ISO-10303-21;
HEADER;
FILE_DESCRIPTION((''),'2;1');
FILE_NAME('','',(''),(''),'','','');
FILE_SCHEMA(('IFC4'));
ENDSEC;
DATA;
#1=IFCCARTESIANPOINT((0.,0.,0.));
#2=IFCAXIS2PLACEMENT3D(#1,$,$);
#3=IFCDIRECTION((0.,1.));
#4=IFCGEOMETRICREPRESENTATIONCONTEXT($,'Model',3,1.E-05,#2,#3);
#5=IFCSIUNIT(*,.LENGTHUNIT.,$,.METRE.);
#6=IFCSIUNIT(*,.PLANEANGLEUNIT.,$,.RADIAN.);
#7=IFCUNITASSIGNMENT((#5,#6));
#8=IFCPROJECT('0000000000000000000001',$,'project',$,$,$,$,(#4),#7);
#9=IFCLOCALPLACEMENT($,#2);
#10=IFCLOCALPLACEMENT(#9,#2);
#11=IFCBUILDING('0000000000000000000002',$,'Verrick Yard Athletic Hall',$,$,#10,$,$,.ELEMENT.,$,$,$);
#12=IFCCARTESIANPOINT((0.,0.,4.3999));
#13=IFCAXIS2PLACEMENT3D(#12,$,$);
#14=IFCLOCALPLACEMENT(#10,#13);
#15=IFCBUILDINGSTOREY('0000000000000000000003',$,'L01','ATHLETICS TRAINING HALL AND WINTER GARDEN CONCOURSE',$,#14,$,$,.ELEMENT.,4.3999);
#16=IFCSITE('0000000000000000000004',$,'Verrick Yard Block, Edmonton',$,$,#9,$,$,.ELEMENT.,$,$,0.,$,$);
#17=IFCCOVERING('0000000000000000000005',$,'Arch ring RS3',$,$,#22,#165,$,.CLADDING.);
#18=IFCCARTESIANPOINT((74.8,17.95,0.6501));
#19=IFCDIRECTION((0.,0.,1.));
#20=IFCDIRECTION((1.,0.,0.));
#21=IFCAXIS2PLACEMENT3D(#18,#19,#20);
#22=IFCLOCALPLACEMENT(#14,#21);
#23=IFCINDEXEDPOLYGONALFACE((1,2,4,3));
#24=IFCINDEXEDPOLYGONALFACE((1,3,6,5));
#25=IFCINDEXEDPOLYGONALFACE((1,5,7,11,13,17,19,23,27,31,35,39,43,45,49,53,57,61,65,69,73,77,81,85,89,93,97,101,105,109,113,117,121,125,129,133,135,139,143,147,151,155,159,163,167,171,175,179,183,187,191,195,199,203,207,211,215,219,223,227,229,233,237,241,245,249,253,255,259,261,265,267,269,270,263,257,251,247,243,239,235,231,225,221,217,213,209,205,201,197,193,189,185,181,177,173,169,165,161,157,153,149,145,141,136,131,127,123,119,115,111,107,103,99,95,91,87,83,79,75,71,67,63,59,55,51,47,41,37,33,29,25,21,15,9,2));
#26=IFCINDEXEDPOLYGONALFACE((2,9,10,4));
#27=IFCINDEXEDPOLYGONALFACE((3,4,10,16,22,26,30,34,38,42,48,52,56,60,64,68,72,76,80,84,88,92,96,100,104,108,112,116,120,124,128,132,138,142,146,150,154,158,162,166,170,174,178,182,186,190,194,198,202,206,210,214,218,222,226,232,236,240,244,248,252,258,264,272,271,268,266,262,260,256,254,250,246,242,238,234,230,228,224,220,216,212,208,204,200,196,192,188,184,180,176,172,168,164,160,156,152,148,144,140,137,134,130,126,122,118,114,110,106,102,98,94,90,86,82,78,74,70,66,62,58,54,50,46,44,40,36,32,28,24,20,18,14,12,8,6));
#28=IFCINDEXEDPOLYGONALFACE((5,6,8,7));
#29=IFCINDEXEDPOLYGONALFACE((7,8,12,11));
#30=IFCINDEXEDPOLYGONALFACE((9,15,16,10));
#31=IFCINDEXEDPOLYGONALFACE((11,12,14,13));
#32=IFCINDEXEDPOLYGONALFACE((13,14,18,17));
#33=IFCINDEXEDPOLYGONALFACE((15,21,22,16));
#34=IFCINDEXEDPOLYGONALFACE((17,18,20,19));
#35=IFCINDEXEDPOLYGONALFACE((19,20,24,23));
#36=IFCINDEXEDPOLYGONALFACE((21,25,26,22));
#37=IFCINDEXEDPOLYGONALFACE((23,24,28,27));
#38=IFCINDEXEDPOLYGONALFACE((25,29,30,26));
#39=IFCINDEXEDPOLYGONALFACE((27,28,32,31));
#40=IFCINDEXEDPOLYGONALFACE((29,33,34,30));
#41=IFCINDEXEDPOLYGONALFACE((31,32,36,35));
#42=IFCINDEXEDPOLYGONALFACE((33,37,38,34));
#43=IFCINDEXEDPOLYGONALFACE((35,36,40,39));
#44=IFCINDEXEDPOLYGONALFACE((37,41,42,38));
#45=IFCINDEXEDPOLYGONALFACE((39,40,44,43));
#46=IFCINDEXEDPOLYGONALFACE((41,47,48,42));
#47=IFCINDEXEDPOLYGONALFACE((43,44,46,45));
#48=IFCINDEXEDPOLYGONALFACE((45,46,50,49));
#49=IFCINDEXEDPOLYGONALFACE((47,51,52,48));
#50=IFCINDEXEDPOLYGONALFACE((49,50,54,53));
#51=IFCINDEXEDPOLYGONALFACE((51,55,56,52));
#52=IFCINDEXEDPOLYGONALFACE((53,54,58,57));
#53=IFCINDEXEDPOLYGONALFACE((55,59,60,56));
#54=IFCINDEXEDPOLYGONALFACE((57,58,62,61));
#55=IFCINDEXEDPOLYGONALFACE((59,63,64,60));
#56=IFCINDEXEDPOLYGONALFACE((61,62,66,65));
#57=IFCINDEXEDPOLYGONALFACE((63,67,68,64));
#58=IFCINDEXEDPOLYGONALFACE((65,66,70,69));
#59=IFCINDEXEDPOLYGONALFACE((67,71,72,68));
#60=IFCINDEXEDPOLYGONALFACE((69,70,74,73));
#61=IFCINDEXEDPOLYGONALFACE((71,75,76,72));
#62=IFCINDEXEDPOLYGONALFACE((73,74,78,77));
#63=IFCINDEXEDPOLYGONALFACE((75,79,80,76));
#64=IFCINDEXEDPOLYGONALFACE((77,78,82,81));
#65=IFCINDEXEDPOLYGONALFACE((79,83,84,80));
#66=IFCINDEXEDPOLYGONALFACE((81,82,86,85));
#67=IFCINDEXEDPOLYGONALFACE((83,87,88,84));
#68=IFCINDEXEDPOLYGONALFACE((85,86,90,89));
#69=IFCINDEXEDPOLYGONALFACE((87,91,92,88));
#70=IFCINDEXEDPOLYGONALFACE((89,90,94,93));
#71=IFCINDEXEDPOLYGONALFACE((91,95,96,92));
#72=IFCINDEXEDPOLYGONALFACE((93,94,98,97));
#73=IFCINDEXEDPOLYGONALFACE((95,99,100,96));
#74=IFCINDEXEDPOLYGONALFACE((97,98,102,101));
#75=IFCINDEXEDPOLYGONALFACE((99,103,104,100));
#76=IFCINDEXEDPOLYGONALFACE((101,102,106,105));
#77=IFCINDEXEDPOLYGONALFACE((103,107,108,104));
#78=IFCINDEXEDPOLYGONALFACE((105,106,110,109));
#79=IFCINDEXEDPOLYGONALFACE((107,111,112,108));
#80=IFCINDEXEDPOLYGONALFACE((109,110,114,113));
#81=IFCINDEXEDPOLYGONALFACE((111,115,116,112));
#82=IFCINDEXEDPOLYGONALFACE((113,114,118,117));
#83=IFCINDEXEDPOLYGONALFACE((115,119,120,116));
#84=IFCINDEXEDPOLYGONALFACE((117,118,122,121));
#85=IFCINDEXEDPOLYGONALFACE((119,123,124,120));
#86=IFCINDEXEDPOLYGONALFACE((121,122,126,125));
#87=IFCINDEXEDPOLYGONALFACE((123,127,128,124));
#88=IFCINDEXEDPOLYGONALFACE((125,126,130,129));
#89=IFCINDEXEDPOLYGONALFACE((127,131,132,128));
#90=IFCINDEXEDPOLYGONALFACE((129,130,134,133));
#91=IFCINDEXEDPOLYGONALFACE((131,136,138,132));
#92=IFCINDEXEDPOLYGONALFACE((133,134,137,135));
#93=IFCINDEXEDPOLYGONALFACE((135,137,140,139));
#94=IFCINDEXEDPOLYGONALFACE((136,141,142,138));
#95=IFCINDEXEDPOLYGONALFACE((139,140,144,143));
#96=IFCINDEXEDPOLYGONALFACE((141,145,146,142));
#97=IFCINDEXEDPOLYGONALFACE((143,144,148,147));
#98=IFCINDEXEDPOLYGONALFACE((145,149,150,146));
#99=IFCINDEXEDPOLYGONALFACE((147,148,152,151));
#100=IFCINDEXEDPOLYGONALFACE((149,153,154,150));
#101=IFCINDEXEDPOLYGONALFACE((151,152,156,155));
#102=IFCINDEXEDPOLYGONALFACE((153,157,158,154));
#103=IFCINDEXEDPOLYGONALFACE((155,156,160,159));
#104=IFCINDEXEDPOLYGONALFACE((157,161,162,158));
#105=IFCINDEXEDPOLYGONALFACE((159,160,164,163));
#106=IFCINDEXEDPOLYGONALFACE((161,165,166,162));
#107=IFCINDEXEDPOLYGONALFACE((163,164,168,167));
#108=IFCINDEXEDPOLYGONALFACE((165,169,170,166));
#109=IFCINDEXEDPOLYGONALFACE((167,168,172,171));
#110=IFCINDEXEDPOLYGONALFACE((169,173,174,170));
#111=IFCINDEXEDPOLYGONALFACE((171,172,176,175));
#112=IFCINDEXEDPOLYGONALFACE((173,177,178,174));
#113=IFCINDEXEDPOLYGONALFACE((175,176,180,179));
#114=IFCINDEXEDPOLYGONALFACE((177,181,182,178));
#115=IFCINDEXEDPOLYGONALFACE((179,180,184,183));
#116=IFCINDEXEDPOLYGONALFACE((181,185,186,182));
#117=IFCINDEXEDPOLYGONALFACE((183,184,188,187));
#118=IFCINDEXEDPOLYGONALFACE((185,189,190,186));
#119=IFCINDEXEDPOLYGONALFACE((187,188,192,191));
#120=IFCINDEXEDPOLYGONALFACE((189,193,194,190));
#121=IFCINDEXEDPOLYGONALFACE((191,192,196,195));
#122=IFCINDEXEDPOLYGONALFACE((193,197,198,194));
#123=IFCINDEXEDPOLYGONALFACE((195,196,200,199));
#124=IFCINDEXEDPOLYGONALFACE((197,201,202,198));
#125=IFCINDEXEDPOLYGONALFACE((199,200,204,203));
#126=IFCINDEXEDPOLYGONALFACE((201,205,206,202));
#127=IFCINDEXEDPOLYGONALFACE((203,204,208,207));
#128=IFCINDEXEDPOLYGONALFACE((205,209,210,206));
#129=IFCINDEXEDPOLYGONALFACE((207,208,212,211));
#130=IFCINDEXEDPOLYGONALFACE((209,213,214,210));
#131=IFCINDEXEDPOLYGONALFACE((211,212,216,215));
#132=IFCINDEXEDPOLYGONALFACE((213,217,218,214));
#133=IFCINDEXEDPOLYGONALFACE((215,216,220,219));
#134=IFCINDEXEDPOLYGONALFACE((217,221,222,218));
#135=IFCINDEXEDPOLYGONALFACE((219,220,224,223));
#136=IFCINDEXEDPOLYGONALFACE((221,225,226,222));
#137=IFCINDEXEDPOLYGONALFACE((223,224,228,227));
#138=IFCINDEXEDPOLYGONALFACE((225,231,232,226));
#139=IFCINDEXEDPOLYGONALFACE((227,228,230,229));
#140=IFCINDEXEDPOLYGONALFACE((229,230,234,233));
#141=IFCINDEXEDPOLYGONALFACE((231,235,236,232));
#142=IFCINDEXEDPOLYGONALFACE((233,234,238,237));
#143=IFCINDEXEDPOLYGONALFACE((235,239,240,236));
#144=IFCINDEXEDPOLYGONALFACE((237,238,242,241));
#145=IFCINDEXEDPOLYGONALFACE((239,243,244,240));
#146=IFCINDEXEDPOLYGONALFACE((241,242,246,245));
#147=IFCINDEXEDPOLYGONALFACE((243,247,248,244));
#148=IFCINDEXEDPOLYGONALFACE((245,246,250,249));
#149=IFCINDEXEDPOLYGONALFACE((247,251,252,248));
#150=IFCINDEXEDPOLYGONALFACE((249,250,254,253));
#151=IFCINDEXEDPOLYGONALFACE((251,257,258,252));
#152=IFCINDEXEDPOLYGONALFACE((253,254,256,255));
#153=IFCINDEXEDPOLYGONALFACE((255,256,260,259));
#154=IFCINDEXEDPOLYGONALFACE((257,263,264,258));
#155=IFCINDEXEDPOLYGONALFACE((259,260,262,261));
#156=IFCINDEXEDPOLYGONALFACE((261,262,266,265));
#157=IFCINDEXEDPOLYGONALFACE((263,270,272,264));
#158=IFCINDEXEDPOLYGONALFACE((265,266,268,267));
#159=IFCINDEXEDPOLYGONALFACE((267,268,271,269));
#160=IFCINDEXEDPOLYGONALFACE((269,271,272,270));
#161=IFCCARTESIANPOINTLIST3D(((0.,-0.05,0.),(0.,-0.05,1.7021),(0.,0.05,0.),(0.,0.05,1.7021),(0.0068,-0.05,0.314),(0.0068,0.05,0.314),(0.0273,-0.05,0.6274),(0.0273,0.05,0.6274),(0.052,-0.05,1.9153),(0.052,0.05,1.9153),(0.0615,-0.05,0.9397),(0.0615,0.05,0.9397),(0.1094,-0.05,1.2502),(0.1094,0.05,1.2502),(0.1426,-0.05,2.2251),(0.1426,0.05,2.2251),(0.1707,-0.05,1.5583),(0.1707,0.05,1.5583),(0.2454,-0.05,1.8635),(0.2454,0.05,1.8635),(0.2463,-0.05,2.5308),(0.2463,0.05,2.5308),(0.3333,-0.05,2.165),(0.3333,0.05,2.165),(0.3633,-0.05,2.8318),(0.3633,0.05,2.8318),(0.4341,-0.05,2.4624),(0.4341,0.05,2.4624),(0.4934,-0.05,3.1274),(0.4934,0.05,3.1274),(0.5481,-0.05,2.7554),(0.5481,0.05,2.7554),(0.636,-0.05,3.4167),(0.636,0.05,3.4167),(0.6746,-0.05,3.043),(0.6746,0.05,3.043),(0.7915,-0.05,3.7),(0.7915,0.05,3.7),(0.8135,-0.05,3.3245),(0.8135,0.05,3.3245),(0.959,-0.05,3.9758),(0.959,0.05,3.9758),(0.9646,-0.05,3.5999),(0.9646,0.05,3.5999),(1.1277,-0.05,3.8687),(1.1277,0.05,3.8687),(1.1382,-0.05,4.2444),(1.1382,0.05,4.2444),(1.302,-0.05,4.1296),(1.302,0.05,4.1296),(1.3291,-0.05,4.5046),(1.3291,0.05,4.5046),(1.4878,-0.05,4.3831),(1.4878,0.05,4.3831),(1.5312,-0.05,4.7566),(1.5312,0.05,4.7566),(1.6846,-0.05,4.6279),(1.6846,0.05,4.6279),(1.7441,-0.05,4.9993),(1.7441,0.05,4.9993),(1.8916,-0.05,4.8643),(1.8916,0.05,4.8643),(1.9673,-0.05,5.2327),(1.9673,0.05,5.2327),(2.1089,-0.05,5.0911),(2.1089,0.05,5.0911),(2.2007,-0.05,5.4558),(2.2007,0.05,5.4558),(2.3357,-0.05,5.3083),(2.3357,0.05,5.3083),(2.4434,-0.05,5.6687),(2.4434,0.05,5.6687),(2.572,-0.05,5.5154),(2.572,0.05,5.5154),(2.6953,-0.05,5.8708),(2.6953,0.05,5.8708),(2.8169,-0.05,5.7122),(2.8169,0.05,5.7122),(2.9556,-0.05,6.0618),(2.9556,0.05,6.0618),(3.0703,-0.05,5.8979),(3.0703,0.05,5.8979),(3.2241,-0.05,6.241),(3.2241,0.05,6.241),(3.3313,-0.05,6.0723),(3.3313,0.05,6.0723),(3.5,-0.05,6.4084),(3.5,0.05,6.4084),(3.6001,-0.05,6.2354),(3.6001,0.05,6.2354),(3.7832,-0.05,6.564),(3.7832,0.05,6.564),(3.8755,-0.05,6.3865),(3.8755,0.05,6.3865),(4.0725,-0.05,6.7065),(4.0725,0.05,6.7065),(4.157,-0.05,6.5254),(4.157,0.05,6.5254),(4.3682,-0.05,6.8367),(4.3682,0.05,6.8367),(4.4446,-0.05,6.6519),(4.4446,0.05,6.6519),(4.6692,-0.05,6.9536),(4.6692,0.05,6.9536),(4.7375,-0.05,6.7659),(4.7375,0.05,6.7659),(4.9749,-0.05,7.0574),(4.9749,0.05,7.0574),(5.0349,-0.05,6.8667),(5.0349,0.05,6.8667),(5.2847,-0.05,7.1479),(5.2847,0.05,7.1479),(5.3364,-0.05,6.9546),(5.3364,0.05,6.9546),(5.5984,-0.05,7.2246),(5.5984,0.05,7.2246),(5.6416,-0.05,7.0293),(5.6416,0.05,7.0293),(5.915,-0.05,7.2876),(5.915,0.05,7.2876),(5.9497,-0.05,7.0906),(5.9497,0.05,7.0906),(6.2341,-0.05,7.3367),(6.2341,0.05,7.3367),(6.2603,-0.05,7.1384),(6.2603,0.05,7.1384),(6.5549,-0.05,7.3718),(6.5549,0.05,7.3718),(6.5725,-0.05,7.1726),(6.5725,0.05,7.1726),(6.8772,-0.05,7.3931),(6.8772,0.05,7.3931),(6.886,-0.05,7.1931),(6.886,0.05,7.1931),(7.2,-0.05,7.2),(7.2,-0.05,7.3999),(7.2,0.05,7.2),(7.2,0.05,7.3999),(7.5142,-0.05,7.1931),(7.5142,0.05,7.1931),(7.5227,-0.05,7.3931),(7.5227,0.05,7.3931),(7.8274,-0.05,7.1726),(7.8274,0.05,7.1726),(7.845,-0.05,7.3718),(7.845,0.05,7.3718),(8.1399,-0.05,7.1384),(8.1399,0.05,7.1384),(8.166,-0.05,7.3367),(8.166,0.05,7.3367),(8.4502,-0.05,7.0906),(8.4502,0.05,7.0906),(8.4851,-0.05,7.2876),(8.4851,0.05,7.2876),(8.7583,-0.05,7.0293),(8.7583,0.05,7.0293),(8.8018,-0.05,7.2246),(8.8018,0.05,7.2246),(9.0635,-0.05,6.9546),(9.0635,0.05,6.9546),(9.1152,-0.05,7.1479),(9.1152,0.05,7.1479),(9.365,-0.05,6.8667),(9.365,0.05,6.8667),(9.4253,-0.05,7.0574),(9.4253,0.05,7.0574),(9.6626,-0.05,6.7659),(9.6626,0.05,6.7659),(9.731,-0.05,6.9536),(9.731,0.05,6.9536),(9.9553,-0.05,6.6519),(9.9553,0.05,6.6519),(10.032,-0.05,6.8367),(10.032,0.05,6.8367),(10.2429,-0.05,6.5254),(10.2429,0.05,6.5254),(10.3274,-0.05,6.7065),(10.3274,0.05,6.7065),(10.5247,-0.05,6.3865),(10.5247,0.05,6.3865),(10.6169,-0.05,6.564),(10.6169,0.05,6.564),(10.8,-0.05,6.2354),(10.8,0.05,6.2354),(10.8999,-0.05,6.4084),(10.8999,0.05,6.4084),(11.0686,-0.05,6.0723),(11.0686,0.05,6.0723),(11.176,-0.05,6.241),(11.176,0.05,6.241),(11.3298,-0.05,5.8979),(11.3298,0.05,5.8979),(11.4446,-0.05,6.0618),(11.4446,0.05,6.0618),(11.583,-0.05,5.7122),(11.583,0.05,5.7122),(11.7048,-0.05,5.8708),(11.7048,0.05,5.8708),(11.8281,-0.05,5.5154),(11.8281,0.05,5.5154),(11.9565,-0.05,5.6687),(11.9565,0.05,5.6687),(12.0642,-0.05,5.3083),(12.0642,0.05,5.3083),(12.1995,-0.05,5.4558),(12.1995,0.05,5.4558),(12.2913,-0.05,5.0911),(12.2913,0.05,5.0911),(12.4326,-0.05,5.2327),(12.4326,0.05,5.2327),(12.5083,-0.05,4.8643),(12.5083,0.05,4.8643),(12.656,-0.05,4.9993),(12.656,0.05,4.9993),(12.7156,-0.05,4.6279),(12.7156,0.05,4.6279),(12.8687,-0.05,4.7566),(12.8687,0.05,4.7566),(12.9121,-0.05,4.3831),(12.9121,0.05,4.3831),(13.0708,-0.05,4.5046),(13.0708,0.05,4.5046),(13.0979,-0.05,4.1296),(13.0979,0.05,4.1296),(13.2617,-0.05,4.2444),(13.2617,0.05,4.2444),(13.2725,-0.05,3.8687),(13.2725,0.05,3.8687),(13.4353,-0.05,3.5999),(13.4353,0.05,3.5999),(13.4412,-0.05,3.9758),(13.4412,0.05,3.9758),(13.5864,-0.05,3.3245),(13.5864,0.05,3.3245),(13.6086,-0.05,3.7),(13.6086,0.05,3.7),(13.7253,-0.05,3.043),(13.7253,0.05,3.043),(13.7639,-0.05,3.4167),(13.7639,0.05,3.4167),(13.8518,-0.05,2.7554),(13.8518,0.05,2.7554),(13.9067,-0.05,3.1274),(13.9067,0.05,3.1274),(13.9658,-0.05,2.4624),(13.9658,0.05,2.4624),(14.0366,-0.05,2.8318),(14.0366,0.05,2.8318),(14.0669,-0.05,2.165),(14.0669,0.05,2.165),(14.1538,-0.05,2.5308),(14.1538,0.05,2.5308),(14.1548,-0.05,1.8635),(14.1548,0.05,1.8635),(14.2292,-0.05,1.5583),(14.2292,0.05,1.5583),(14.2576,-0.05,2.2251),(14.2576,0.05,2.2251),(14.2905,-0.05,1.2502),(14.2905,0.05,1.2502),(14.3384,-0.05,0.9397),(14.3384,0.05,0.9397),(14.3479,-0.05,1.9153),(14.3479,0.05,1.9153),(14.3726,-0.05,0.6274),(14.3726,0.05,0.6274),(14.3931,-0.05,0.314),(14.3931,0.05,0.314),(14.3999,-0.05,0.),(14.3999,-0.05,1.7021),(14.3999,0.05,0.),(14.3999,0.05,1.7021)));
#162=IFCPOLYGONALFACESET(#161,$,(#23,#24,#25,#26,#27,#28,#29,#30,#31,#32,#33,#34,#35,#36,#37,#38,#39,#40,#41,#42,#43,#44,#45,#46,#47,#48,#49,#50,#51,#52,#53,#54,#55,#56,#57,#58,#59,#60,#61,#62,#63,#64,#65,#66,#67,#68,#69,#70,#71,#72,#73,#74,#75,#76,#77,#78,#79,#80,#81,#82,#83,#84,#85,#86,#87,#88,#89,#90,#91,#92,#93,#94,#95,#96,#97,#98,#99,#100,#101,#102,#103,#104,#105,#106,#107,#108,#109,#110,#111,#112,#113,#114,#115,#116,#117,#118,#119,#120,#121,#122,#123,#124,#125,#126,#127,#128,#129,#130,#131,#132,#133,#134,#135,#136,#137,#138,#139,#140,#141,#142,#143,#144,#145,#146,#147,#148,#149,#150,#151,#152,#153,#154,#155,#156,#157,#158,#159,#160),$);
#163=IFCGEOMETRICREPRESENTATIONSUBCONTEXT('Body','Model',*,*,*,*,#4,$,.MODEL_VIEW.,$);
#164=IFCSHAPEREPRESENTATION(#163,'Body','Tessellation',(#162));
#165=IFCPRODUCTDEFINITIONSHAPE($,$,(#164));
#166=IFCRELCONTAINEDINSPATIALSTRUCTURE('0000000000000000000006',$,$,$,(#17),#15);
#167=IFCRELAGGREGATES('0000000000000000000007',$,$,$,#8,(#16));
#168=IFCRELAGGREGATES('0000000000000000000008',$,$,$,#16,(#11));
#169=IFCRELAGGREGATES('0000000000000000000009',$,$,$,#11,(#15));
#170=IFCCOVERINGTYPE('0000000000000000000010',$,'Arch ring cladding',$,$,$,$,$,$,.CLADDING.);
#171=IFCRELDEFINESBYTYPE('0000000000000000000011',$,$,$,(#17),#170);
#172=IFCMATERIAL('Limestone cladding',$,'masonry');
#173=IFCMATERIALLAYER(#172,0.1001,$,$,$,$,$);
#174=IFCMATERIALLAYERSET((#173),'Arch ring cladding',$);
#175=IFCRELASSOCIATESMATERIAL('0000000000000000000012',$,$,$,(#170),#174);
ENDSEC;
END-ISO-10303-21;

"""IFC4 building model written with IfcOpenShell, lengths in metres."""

from ifc_helpers import new_model, si_unit, direction, frame, origin, place, context, subcontext, project, spatial, polyline, outline, extrude, material, layer, layer_set, type_object, element, save


model = new_model("IFC4")

# Units and contexts
model_context = context("Model", 3, precision=1e-05, world=origin(), true_north=direction((0.0, 1.0)))
body_context = subcontext(model_context, "Body", "Model", "MODEL_VIEW")
ifc_project = project(units=[si_unit("LENGTHUNIT", "METRE"), si_unit("PLANEANGLEUNIT", "RADIAN")], contexts=[model_context])

# Site, building, storey
site_placement = place(None, origin())
site = spatial("IfcSite", under=ifc_project, at=site_placement, Name="Verrick Yard Block, Edmonton", CompositionType="ELEMENT", RefElevation=0.0)
building_placement = place(site_placement, origin())
building = spatial("IfcBuilding", under=site, at=building_placement, Name="Verrick Yard Athletic Hall", CompositionType="ELEMENT")
storey_placement = place(building_placement, frame((0.0, 0.0, 4.3999)))
storey = spatial("IfcBuildingStorey", under=building, at=storey_placement, Name="L01", Description="ATHLETICS TRAINING HALL AND WINTER GARDEN CONCOURSE", CompositionType="ELEMENT", Elevation=4.3999)

# Covering
ifc_material_1 = material(Name="Limestone cladding", Category="masonry")
ifc_layer_1 = layer(ifc_material_1, 0.1001)
ifc_layer_set_1 = layer_set([ifc_layer_1], Name="Arch ring cladding")
covering_type_1 = type_object("IfcCoveringType", Name="Arch ring cladding", PredefinedType="CLADDING", material=ifc_layer_set_1)
covering_1_placement = place(storey_placement, frame((74.8, 17.95, 0.6501), z_axis=(0.0, 0.0, 1.0), x_axis=(1.0, 0.0, 0.0)))
element("IfcCovering", 1, at=covering_1_placement, inside=storey, type_object=covering_type_1, Name="Arch ring RS3", PredefinedType="CLADDING", context=body_context, shape_type="SweptSolid", body=[
    extrude(outline(polyline([(0.0, 1.7021), (0.0, 0.0), (0.0068, 0.314), (0.0273, 0.6274), (0.0615, 0.9397), (0.1094, 1.2502), (0.1707, 1.5583), (0.2454, 1.8635), (0.3333, 2.165), (0.4341, 2.4624), (0.5481, 2.7554), (0.6746, 3.043), (0.8135, 3.3245), (0.9646, 3.5999), (1.1277, 3.8687), (1.302, 4.1296), (1.4878, 4.3831), (1.6846, 4.6279), (1.8916, 4.8643), (2.1089, 5.0911), (2.3357, 5.3083), (2.572, 5.5154), (2.8169, 5.7122), (3.0703, 5.8979), (3.3313, 6.0723), (3.6001, 6.2354), (3.8755, 6.3865), (4.157, 6.5254), (4.4446, 6.6519), (4.7375, 6.7659), (5.0349, 6.8667), (5.3364, 6.9546), (5.6416, 7.0293), (5.9497, 7.0906), (6.2603, 7.1384), (6.5725, 7.1726), (6.886, 7.1931), (7.2, 7.2), (7.5142, 7.1931), (7.8274, 7.1726), (8.1399, 7.1384), (8.4502, 7.0906), (8.7583, 7.0293), (9.0635, 6.9546), (9.365, 6.8667), (9.6626, 6.7659), (9.9553, 6.6519), (10.2429, 6.5254), (10.5247, 6.3865), (10.8, 6.2354), (11.0686, 6.0723), (11.3298, 5.8979), (11.583, 5.7122), (11.8281, 5.5154), (12.0642, 5.3083), (12.2913, 5.0911), (12.5083, 4.8643), (12.7156, 4.6279), (12.9121, 4.3831), (13.0979, 4.1296), (13.2725, 3.8687), (13.4353, 3.5999), (13.5864, 3.3245), (13.7253, 3.043), (13.8518, 2.7554), (13.9658, 2.4624), (14.0669, 2.165), (14.1548, 1.8635), (14.2292, 1.5583), (14.2905, 1.2502), (14.3384, 0.9397), (14.3726, 0.6274), (14.3931, 0.314), (14.3999, 0.0), (14.3999, 1.7021), (14.3479, 1.9153), (14.2576, 2.2251), (14.1538, 2.5308), (14.0366, 2.8318), (13.9067, 3.1274), (13.7639, 3.4167), (13.6086, 3.7), (13.4412, 3.9758), (13.2617, 4.2444), (13.0708, 4.5046), (12.8687, 4.7566), (12.656, 4.9993), (12.4326, 5.2327), (12.1995, 5.4558), (11.9565, 5.6687), (11.7048, 5.8708), (11.4446, 6.0618), (11.176, 6.241), (10.8999, 6.4084), (10.6169, 6.564), (10.3274, 6.7065), (10.032, 6.8367), (9.731, 6.9536), (9.4253, 7.0574), (9.1152, 7.1479), (8.8018, 7.2246), (8.4851, 7.2876), (8.166, 7.3367), (7.845, 7.3718), (7.5227, 7.3931), (7.2, 7.3999), (6.8772, 7.3931), (6.5549, 7.3718), (6.2341, 7.3367), (5.915, 7.2876), (5.5984, 7.2246), (5.2847, 7.1479), (4.9749, 7.0574), (4.6692, 6.9536), (4.3682, 6.8367), (4.0725, 6.7065), (3.7832, 6.564), (3.5, 6.4084), (3.2241, 6.241), (2.9556, 6.0618), (2.6953, 5.8708), (2.4434, 5.6687), (2.2007, 5.4558), (1.9673, 5.2327), (1.7441, 4.9993), (1.5312, 4.7566), (1.3291, 4.5046), (1.1382, 4.2444), (0.959, 3.9758), (0.7915, 3.7), (0.636, 3.4167), (0.4934, 3.1274), (0.3633, 2.8318), (0.2463, 2.5308), (0.1426, 2.2251), (0.052, 1.9153), (0.0, 1.7021)])), frame((0.0, 0.05, 0.0), z_axis=(0.0, -1.0, 0.0), x_axis=(1.0, 0.0, 0.0)), (0.0, 0.0, 1.0), 0.1001),
])

save(model, "model.ifc")
